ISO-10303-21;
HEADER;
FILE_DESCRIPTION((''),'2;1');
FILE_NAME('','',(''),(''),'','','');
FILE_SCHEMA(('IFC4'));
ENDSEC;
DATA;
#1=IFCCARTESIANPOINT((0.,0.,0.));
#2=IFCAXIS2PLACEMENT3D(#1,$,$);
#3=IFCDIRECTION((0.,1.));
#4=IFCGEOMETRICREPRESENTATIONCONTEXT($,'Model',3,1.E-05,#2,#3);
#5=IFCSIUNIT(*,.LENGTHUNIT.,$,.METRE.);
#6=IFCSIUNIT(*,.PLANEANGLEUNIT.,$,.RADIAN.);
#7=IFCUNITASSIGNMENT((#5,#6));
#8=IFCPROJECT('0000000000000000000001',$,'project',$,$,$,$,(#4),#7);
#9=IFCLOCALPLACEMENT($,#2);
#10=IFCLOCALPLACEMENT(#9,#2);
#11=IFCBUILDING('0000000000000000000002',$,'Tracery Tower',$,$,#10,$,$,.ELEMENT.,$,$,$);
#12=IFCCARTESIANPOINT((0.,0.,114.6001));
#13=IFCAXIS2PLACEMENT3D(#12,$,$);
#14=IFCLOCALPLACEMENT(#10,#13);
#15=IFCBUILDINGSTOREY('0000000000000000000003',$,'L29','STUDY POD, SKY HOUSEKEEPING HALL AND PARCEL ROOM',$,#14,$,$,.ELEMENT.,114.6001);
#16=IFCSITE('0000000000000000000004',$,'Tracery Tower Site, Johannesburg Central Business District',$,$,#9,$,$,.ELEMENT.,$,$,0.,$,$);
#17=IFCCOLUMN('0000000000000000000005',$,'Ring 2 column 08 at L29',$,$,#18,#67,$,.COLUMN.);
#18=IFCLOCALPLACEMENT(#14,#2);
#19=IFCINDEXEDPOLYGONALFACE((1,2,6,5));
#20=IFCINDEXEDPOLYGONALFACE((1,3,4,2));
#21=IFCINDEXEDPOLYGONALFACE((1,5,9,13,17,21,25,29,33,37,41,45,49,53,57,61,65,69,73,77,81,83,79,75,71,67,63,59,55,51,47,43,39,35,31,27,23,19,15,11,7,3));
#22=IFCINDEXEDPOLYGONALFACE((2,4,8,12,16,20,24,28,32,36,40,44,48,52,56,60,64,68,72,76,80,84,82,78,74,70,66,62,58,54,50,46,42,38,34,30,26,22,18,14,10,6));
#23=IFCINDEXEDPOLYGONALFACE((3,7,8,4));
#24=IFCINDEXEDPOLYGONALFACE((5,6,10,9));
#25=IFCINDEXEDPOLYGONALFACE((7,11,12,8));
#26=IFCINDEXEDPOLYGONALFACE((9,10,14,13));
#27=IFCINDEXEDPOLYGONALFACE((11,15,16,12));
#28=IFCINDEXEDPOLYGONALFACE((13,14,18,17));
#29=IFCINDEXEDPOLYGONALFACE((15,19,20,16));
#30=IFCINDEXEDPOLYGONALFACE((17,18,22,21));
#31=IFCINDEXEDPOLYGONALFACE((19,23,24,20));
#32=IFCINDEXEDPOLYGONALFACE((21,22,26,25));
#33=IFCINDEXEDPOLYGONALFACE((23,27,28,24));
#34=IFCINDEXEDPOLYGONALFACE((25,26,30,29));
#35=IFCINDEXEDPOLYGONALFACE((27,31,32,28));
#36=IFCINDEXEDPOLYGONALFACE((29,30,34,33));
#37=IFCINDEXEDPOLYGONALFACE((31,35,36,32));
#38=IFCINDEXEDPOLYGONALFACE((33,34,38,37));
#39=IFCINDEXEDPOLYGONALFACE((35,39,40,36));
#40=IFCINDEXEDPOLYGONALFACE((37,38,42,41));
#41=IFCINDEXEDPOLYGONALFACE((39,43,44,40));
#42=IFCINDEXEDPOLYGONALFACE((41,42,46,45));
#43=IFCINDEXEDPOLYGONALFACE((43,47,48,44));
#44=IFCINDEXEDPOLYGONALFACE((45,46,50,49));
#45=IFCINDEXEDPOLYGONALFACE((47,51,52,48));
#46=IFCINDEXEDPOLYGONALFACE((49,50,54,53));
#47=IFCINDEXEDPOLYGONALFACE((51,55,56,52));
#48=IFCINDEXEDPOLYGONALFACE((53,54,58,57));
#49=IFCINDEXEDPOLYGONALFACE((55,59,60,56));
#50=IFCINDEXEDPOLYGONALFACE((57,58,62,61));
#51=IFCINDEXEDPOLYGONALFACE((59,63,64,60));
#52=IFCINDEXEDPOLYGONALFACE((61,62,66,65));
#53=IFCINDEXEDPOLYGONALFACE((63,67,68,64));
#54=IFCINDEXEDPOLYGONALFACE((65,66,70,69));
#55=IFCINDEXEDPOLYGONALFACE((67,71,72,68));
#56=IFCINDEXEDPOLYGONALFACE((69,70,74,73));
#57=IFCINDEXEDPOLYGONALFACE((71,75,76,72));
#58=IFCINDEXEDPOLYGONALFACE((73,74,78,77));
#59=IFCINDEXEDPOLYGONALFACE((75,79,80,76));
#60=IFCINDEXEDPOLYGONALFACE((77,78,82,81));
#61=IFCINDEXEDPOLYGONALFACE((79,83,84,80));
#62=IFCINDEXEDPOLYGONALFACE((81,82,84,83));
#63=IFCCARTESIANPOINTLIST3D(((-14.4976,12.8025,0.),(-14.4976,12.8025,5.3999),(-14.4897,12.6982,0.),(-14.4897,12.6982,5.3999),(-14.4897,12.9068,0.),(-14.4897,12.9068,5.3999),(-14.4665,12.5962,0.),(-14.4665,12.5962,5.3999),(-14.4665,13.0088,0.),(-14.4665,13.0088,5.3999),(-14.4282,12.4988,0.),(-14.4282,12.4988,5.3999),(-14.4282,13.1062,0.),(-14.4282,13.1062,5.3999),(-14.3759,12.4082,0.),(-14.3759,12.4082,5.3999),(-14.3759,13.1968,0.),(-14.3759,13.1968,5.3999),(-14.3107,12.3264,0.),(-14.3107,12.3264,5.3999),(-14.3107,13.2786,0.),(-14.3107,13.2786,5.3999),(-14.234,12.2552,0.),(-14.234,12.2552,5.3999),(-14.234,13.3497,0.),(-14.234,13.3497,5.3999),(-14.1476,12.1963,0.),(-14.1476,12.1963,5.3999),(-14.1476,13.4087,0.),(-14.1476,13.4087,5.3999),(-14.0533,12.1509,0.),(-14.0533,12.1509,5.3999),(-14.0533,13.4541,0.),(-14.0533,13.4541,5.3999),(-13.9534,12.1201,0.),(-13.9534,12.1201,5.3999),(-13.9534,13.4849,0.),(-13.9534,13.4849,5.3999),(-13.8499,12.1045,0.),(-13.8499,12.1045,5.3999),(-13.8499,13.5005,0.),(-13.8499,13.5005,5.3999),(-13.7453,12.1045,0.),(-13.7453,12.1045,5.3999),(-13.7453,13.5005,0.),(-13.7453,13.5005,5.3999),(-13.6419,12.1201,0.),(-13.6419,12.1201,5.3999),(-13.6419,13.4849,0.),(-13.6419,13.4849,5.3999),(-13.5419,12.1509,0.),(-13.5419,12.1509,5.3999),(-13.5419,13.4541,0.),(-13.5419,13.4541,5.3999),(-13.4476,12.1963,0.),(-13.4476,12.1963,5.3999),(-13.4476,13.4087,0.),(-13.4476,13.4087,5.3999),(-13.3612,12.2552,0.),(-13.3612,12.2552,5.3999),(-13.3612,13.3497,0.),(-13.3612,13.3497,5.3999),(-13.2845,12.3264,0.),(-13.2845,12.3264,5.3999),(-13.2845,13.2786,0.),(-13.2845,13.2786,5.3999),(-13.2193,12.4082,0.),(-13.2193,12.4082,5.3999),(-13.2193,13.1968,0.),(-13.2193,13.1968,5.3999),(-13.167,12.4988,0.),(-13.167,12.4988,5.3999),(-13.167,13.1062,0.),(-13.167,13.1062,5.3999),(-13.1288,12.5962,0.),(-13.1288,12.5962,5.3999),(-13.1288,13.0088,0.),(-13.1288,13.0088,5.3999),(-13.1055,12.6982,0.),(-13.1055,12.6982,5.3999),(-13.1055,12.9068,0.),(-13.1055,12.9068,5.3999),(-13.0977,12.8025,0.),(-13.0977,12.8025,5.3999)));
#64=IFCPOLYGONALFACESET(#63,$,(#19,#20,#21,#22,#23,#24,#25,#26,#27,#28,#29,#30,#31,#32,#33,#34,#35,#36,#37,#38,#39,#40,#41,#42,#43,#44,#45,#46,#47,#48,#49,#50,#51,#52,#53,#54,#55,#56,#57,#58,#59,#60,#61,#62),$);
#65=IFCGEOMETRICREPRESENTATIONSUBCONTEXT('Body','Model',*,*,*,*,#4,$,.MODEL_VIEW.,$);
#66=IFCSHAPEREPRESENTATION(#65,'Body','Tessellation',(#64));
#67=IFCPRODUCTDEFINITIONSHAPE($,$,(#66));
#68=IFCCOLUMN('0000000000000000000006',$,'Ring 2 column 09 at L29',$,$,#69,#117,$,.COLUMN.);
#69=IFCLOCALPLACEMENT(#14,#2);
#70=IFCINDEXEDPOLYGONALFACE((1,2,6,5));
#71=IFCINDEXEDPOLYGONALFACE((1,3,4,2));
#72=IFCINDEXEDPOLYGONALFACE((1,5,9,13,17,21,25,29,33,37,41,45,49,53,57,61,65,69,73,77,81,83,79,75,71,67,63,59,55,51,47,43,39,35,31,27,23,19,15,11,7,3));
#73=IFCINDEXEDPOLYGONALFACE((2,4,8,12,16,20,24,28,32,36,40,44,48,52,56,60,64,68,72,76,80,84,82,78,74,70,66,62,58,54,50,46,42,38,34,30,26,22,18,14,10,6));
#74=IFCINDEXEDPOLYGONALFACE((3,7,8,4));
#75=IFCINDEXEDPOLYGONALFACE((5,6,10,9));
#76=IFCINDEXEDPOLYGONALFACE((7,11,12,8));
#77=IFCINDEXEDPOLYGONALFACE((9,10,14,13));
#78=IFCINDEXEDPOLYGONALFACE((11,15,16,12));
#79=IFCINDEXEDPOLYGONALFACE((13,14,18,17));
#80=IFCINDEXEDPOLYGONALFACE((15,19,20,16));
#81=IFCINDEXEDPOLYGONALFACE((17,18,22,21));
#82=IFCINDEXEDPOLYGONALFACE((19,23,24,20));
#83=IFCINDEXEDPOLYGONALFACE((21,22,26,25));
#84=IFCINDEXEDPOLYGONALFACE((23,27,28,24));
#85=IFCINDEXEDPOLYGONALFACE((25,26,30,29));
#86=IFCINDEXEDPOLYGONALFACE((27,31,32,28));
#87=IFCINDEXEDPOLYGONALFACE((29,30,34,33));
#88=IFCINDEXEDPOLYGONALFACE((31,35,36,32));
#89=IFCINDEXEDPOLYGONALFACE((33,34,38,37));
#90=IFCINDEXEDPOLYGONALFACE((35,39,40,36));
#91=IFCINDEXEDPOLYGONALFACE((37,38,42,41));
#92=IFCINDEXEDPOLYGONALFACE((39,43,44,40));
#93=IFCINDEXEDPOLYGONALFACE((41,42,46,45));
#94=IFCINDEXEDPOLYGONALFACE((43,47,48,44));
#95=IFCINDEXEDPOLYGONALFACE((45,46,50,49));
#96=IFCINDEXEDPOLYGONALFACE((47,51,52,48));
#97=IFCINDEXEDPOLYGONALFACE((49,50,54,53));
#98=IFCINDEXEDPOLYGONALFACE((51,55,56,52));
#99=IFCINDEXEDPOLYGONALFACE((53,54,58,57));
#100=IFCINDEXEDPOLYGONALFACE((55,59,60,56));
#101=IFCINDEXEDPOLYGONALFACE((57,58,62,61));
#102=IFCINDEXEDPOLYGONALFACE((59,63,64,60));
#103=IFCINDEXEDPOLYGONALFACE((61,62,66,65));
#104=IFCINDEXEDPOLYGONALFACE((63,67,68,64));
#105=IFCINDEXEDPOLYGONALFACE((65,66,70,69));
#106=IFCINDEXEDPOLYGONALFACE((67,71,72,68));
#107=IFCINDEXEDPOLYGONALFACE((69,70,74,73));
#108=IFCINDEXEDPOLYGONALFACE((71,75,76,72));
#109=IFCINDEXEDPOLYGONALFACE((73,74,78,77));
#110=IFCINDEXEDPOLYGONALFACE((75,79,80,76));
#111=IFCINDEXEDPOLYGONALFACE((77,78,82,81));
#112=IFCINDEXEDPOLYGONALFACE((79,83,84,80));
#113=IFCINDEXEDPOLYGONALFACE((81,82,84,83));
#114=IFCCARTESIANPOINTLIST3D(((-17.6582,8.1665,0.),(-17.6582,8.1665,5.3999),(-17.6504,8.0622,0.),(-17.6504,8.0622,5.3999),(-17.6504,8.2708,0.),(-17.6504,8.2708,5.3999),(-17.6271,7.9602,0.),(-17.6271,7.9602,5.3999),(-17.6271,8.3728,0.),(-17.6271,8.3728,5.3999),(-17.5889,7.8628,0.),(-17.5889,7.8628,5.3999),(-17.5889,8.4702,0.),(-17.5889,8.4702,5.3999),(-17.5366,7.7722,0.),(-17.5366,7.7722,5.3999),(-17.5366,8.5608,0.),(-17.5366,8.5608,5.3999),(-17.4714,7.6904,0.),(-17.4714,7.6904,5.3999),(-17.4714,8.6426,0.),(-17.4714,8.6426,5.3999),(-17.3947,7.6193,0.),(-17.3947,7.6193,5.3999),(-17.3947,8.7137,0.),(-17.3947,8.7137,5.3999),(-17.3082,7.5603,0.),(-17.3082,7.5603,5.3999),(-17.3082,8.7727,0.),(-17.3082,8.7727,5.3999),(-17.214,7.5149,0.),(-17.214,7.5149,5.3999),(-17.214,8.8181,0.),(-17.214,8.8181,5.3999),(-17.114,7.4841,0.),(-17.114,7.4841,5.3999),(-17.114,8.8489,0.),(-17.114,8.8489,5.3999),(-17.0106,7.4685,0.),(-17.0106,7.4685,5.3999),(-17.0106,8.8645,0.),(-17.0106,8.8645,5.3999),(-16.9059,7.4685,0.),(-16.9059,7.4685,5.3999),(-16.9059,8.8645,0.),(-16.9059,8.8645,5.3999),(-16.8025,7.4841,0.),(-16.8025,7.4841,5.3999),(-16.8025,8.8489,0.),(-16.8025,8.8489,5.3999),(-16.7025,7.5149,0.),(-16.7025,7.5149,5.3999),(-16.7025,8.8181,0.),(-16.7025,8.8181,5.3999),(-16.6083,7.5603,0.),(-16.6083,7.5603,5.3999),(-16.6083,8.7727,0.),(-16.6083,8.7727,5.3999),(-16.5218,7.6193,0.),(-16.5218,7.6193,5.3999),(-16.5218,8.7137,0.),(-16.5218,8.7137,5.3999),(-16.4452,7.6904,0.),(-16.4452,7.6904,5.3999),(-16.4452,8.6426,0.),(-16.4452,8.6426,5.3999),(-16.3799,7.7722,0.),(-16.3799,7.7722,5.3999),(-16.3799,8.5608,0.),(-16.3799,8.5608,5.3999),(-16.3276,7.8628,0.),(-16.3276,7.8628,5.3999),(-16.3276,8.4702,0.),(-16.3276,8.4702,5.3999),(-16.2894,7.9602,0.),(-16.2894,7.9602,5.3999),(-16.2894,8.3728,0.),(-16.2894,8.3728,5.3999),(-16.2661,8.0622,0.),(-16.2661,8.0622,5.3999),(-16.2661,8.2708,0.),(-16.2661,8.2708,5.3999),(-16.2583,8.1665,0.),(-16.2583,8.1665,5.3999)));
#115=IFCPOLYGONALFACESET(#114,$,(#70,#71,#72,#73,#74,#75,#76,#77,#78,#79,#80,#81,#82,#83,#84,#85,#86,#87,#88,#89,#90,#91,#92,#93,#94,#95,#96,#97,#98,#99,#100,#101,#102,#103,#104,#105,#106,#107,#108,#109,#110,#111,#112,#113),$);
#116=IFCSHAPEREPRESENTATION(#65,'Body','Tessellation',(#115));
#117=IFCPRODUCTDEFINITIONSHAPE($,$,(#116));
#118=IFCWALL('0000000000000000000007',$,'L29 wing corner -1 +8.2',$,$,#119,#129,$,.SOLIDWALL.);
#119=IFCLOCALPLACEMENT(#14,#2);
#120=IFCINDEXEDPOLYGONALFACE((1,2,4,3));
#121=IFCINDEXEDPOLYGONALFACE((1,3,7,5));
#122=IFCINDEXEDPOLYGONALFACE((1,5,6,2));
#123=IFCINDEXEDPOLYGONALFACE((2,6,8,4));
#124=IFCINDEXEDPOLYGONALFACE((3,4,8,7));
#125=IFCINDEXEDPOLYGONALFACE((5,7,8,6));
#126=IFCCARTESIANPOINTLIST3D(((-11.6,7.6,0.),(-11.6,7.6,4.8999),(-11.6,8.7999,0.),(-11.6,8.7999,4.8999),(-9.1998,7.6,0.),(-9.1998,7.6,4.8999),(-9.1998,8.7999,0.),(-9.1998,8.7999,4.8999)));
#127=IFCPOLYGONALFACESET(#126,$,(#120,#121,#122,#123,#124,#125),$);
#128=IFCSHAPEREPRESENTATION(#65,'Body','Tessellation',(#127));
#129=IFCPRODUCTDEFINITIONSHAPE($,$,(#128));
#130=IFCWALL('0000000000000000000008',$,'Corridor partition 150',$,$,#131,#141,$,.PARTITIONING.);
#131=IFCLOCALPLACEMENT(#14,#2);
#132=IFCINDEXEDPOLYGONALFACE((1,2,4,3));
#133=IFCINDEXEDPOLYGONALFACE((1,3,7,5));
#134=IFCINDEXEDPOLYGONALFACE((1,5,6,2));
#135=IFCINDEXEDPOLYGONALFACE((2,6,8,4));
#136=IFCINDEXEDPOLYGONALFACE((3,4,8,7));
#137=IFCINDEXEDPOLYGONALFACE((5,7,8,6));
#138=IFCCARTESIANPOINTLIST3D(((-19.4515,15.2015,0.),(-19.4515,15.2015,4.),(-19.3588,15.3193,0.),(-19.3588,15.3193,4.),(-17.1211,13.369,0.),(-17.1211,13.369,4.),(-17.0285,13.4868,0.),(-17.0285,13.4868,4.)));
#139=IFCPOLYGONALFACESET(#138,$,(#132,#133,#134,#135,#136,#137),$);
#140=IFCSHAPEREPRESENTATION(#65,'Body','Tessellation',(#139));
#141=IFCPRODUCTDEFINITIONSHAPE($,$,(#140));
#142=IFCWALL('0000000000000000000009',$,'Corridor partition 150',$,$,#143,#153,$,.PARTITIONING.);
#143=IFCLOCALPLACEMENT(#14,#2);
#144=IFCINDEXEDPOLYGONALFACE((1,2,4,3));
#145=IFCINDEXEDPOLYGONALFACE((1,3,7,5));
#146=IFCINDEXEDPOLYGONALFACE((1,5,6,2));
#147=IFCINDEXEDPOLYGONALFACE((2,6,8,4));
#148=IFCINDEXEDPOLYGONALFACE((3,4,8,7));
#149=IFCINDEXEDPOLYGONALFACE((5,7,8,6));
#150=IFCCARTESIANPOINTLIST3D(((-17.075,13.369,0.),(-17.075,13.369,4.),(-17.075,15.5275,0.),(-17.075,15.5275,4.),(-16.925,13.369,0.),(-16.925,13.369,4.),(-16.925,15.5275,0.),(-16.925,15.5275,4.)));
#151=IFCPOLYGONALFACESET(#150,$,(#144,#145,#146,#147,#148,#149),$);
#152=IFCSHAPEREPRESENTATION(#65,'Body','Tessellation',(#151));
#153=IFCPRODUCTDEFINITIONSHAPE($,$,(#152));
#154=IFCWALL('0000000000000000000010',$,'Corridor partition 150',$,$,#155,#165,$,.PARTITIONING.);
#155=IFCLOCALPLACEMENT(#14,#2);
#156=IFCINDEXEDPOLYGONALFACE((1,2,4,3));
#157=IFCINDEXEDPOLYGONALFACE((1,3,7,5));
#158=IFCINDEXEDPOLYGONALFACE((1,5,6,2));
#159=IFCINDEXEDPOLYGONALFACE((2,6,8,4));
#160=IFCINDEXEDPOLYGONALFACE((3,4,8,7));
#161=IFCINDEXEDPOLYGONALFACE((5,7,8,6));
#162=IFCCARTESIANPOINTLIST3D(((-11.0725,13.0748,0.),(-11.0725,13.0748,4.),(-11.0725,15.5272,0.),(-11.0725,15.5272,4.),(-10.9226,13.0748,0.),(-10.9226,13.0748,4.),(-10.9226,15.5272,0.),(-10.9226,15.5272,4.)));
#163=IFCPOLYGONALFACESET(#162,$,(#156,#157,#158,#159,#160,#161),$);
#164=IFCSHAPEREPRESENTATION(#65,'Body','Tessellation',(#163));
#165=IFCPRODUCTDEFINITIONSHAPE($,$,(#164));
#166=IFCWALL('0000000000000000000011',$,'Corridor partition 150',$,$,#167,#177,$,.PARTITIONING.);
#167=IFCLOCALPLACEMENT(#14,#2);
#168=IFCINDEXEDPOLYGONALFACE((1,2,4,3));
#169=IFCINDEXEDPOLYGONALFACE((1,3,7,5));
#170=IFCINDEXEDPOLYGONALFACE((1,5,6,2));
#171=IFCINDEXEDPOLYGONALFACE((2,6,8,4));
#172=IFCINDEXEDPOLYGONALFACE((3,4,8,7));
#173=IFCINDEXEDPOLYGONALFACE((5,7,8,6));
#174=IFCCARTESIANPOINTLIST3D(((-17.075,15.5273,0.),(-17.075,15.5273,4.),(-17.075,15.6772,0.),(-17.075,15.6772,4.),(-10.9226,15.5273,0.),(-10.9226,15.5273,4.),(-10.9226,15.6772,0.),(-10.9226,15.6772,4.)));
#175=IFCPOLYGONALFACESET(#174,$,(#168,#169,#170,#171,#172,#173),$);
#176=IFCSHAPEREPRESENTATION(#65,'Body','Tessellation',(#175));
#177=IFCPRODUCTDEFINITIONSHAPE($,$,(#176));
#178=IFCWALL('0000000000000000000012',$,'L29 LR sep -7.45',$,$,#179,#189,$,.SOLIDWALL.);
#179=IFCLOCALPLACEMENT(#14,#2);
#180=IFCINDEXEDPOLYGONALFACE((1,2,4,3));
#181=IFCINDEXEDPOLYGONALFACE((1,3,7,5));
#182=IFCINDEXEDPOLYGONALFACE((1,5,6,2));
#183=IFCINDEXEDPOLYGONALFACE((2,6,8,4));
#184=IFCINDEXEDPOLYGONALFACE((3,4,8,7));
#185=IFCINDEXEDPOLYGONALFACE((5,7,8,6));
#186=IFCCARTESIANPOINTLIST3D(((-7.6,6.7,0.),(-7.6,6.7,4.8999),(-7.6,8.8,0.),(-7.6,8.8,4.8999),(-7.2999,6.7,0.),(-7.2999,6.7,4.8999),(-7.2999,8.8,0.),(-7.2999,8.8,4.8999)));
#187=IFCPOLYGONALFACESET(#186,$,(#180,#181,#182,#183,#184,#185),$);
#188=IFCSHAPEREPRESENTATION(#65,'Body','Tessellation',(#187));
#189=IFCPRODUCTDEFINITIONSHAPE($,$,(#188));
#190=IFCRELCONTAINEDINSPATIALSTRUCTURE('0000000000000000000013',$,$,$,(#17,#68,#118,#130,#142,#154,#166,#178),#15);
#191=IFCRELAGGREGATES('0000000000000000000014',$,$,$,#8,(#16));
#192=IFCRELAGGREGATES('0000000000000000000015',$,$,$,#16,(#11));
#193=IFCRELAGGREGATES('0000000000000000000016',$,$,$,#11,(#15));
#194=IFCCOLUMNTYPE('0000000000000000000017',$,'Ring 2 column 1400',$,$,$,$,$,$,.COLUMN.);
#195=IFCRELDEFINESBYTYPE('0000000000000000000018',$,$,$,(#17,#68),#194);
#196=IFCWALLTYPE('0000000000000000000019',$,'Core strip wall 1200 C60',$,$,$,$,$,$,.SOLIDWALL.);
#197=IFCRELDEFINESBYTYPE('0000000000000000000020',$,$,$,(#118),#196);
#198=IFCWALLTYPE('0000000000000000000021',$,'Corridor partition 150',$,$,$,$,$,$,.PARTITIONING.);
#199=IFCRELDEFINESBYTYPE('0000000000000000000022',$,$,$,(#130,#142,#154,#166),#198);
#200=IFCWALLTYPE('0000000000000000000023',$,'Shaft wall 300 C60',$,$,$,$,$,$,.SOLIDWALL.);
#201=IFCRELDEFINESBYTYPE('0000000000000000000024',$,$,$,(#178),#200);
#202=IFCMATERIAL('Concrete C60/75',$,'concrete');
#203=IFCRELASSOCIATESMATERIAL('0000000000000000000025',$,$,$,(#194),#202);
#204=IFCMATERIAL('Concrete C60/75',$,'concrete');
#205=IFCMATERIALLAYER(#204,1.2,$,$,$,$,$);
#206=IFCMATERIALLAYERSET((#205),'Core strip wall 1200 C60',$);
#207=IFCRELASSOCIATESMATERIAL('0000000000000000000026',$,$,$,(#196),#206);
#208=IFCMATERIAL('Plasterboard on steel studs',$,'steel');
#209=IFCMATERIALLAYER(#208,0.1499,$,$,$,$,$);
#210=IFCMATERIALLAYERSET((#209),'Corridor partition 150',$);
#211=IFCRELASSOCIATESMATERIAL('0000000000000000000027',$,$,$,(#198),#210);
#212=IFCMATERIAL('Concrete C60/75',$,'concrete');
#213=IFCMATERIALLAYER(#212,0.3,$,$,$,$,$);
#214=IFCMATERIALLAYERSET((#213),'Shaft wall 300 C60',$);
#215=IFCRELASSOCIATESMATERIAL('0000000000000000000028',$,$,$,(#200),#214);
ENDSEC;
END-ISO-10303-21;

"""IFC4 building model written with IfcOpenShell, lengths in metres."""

from ifc_helpers import new_model, si_unit, direction, frame, frame_2d, origin, origin_2d, place, context, subcontext, project, spatial, rectangle, circle, extrude, material, layer, layer_set, material_profile, profile_set, type_object, element, save


model = new_model("IFC4")

# Units and contexts
model_context = context("Model", 3, precision=1e-05, world=origin(), true_north=direction((0.0, 1.0)))
body_context = subcontext(model_context, "Body", "Model", "MODEL_VIEW")
ifc_project = project(units=[si_unit("LENGTHUNIT", "METRE"), si_unit("PLANEANGLEUNIT", "RADIAN")], contexts=[model_context])

# Site, building, storey
site_placement = place(None, origin())
site = spatial("IfcSite", under=ifc_project, at=site_placement, Name="Tracery Tower Site, Johannesburg Central Business District", CompositionType="ELEMENT", RefElevation=0.0)
building_placement = place(site_placement, origin())
building = spatial("IfcBuilding", under=site, at=building_placement, Name="Tracery Tower", CompositionType="ELEMENT")
storey_placement = place(building_placement, frame((0.0, 0.0, 114.6001)))
storey = spatial("IfcBuildingStorey", under=building, at=storey_placement, Name="L29", Description="STUDY POD, SKY HOUSEKEEPING HALL AND PARCEL ROOM", CompositionType="ELEMENT", Elevation=114.6001)

# Columns
ifc_material_1 = material(Name="Concrete C60/75", Category="concrete")
ifc_material_profile_1 = material_profile(ifc_material_1, circle(Radius=0.7, at=origin_2d()), Name="RC D1400")
ifc_profile_set_1 = profile_set([ifc_material_profile_1], Name="Concrete C60/75")
column_type_1 = type_object("IfcColumnType", Name="Ring 2 column 1400", PredefinedType="COLUMN", material=ifc_profile_set_1)
for number, where, z_axis, x_axis, name in (
    (1, (-13.7976, 12.8025, 0.0), (0.0, 0.0, 1.0), (1.0, 0.0, 0.0), "Ring 2 column 08 at L29"),
    (2, (-16.9583, 8.1665, 0.0), (0.0, 0.0, 1.0), (1.0, 0.0, 0.0), "Ring 2 column 09 at L29"),
):
    element("IfcColumn", number, at=place(storey_placement, frame(where, z_axis=z_axis, x_axis=x_axis)), inside=storey, type_object=column_type_1, Name=name, PredefinedType="COLUMN", context=body_context, shape_type="SweptSolid", body=[
        extrude(circle(Radius=0.7, at=origin_2d()), origin(), (0.0, 0.0, 1.0), 5.3999),
    ])

# Wall
ifc_material_2 = material(Name="Concrete C60/75", Category="concrete")
ifc_layer_1 = layer(ifc_material_2, 1.2)
ifc_layer_set_1 = layer_set([ifc_layer_1], Name="Core strip wall 1200 C60")
wall_type_1 = type_object("IfcWallType", Name="Core strip wall 1200 C60", PredefinedType="SOLIDWALL", material=ifc_layer_set_1)
wall_1_placement = place(storey_placement, frame((-11.6001, 8.2, 0.0), z_axis=(0.0, 0.0, 1.0), x_axis=(1.0, 0.0, 0.0)))
element("IfcWall", 3, at=wall_1_placement, inside=storey, type_object=wall_type_1, Name="L29 wing corner -1 +8.2", PredefinedType="SOLIDWALL", context=body_context, shape_type="SweptSolid", body=[
    extrude(rectangle(XDim=2.4001, YDim=1.2, at=frame_2d((1.2002, 0.0))), origin(), (0.0, 0.0, 1.0), 4.8999),
])

# Walls
ifc_material_3 = material(Name="Plasterboard on steel studs", Category="steel")
ifc_layer_2 = layer(ifc_material_3, 0.1499)
ifc_layer_set_2 = layer_set([ifc_layer_2], Name="Corridor partition 150")
wall_type_2 = type_object("IfcWallType", Name="Corridor partition 150", PredefinedType="PARTITIONING", material=ifc_layer_set_2)
wall_2_placement = place(storey_placement, frame((-19.4053, 15.2605, 0.0), z_axis=(0.0, 0.0, 1.0), x_axis=(0.786064, -0.618145, 0.0)))
element("IfcWall", 4, at=wall_2_placement, inside=storey, type_object=wall_type_2, Name="Corridor partition 150", PredefinedType="PARTITIONING", context=body_context, shape_type="SweptSolid", body=[
    extrude(rectangle(XDim=2.9646, YDim=0.1499, at=frame_2d((1.4824, 0.0))), origin(), (0.0, 0.0, 1.0), 4.0),
])
wall_3_placement = place(storey_placement, frame((-17.0, 15.5273, 0.0), z_axis=(0.0, 0.0, 1.0), x_axis=(0.0, -1.0, 0.0)))
element("IfcWall", 5, at=wall_3_placement, inside=storey, type_object=wall_type_2, Name="Corridor partition 150", PredefinedType="PARTITIONING", context=body_context, shape_type="SweptSolid", body=[
    extrude(rectangle(XDim=2.1584, YDim=0.1499, at=frame_2d((1.0791, 0.0))), origin(), (0.0, 0.0, 1.0), 4.0),
])
wall_4_placement = place(storey_placement, frame((-10.9976, 13.075, 0.0), z_axis=(0.0, 0.0, 1.0), x_axis=(0.0, 1.0, 0.0)))
element("IfcWall", 6, at=wall_4_placement, inside=storey, type_object=wall_type_2, Name="Corridor partition 150", PredefinedType="PARTITIONING", context=body_context, shape_type="SweptSolid", body=[
    extrude(rectangle(XDim=2.4524, YDim=0.1499, at=frame_2d((1.2261, 0.0))), origin(), (0.0, 0.0, 1.0), 4.0),
])
wall_5_placement = place(storey_placement, frame((-10.9226, 15.6023, 0.0), z_axis=(0.0, 0.0, 1.0), x_axis=(-1.0, 0.0, 0.0)))
element("IfcWall", 7, at=wall_5_placement, inside=storey, type_object=wall_type_2, Name="Corridor partition 150", PredefinedType="PARTITIONING", context=body_context, shape_type="SweptSolid", body=[
    extrude(rectangle(XDim=6.1523, YDim=0.1499, at=frame_2d((3.0762, 0.0))), origin(), (0.0, 0.0, 1.0), 4.0),
])

# Wall
ifc_material_4 = material(Name="Concrete C60/75", Category="concrete")
ifc_layer_3 = layer(ifc_material_4, 0.3)
ifc_layer_set_3 = layer_set([ifc_layer_3], Name="Shaft wall 300 C60")
wall_type_3 = type_object("IfcWallType", Name="Shaft wall 300 C60", PredefinedType="SOLIDWALL", material=ifc_layer_set_3)
wall_6_placement = place(storey_placement, frame((-7.45, 6.7, 0.0), z_axis=(0.0, 0.0, 1.0), x_axis=(0.0, 1.0, 0.0)))
element("IfcWall", 8, at=wall_6_placement, inside=storey, type_object=wall_type_3, Name="L29 LR sep -7.45", PredefinedType="SOLIDWALL", context=body_context, shape_type="SweptSolid", body=[
    extrude(rectangle(XDim=2.1001, YDim=0.3, at=frame_2d((1.05, 0.0))), origin(), (0.0, 0.0, 1.0), 4.8999),
])

save(model, "model.ifc")
